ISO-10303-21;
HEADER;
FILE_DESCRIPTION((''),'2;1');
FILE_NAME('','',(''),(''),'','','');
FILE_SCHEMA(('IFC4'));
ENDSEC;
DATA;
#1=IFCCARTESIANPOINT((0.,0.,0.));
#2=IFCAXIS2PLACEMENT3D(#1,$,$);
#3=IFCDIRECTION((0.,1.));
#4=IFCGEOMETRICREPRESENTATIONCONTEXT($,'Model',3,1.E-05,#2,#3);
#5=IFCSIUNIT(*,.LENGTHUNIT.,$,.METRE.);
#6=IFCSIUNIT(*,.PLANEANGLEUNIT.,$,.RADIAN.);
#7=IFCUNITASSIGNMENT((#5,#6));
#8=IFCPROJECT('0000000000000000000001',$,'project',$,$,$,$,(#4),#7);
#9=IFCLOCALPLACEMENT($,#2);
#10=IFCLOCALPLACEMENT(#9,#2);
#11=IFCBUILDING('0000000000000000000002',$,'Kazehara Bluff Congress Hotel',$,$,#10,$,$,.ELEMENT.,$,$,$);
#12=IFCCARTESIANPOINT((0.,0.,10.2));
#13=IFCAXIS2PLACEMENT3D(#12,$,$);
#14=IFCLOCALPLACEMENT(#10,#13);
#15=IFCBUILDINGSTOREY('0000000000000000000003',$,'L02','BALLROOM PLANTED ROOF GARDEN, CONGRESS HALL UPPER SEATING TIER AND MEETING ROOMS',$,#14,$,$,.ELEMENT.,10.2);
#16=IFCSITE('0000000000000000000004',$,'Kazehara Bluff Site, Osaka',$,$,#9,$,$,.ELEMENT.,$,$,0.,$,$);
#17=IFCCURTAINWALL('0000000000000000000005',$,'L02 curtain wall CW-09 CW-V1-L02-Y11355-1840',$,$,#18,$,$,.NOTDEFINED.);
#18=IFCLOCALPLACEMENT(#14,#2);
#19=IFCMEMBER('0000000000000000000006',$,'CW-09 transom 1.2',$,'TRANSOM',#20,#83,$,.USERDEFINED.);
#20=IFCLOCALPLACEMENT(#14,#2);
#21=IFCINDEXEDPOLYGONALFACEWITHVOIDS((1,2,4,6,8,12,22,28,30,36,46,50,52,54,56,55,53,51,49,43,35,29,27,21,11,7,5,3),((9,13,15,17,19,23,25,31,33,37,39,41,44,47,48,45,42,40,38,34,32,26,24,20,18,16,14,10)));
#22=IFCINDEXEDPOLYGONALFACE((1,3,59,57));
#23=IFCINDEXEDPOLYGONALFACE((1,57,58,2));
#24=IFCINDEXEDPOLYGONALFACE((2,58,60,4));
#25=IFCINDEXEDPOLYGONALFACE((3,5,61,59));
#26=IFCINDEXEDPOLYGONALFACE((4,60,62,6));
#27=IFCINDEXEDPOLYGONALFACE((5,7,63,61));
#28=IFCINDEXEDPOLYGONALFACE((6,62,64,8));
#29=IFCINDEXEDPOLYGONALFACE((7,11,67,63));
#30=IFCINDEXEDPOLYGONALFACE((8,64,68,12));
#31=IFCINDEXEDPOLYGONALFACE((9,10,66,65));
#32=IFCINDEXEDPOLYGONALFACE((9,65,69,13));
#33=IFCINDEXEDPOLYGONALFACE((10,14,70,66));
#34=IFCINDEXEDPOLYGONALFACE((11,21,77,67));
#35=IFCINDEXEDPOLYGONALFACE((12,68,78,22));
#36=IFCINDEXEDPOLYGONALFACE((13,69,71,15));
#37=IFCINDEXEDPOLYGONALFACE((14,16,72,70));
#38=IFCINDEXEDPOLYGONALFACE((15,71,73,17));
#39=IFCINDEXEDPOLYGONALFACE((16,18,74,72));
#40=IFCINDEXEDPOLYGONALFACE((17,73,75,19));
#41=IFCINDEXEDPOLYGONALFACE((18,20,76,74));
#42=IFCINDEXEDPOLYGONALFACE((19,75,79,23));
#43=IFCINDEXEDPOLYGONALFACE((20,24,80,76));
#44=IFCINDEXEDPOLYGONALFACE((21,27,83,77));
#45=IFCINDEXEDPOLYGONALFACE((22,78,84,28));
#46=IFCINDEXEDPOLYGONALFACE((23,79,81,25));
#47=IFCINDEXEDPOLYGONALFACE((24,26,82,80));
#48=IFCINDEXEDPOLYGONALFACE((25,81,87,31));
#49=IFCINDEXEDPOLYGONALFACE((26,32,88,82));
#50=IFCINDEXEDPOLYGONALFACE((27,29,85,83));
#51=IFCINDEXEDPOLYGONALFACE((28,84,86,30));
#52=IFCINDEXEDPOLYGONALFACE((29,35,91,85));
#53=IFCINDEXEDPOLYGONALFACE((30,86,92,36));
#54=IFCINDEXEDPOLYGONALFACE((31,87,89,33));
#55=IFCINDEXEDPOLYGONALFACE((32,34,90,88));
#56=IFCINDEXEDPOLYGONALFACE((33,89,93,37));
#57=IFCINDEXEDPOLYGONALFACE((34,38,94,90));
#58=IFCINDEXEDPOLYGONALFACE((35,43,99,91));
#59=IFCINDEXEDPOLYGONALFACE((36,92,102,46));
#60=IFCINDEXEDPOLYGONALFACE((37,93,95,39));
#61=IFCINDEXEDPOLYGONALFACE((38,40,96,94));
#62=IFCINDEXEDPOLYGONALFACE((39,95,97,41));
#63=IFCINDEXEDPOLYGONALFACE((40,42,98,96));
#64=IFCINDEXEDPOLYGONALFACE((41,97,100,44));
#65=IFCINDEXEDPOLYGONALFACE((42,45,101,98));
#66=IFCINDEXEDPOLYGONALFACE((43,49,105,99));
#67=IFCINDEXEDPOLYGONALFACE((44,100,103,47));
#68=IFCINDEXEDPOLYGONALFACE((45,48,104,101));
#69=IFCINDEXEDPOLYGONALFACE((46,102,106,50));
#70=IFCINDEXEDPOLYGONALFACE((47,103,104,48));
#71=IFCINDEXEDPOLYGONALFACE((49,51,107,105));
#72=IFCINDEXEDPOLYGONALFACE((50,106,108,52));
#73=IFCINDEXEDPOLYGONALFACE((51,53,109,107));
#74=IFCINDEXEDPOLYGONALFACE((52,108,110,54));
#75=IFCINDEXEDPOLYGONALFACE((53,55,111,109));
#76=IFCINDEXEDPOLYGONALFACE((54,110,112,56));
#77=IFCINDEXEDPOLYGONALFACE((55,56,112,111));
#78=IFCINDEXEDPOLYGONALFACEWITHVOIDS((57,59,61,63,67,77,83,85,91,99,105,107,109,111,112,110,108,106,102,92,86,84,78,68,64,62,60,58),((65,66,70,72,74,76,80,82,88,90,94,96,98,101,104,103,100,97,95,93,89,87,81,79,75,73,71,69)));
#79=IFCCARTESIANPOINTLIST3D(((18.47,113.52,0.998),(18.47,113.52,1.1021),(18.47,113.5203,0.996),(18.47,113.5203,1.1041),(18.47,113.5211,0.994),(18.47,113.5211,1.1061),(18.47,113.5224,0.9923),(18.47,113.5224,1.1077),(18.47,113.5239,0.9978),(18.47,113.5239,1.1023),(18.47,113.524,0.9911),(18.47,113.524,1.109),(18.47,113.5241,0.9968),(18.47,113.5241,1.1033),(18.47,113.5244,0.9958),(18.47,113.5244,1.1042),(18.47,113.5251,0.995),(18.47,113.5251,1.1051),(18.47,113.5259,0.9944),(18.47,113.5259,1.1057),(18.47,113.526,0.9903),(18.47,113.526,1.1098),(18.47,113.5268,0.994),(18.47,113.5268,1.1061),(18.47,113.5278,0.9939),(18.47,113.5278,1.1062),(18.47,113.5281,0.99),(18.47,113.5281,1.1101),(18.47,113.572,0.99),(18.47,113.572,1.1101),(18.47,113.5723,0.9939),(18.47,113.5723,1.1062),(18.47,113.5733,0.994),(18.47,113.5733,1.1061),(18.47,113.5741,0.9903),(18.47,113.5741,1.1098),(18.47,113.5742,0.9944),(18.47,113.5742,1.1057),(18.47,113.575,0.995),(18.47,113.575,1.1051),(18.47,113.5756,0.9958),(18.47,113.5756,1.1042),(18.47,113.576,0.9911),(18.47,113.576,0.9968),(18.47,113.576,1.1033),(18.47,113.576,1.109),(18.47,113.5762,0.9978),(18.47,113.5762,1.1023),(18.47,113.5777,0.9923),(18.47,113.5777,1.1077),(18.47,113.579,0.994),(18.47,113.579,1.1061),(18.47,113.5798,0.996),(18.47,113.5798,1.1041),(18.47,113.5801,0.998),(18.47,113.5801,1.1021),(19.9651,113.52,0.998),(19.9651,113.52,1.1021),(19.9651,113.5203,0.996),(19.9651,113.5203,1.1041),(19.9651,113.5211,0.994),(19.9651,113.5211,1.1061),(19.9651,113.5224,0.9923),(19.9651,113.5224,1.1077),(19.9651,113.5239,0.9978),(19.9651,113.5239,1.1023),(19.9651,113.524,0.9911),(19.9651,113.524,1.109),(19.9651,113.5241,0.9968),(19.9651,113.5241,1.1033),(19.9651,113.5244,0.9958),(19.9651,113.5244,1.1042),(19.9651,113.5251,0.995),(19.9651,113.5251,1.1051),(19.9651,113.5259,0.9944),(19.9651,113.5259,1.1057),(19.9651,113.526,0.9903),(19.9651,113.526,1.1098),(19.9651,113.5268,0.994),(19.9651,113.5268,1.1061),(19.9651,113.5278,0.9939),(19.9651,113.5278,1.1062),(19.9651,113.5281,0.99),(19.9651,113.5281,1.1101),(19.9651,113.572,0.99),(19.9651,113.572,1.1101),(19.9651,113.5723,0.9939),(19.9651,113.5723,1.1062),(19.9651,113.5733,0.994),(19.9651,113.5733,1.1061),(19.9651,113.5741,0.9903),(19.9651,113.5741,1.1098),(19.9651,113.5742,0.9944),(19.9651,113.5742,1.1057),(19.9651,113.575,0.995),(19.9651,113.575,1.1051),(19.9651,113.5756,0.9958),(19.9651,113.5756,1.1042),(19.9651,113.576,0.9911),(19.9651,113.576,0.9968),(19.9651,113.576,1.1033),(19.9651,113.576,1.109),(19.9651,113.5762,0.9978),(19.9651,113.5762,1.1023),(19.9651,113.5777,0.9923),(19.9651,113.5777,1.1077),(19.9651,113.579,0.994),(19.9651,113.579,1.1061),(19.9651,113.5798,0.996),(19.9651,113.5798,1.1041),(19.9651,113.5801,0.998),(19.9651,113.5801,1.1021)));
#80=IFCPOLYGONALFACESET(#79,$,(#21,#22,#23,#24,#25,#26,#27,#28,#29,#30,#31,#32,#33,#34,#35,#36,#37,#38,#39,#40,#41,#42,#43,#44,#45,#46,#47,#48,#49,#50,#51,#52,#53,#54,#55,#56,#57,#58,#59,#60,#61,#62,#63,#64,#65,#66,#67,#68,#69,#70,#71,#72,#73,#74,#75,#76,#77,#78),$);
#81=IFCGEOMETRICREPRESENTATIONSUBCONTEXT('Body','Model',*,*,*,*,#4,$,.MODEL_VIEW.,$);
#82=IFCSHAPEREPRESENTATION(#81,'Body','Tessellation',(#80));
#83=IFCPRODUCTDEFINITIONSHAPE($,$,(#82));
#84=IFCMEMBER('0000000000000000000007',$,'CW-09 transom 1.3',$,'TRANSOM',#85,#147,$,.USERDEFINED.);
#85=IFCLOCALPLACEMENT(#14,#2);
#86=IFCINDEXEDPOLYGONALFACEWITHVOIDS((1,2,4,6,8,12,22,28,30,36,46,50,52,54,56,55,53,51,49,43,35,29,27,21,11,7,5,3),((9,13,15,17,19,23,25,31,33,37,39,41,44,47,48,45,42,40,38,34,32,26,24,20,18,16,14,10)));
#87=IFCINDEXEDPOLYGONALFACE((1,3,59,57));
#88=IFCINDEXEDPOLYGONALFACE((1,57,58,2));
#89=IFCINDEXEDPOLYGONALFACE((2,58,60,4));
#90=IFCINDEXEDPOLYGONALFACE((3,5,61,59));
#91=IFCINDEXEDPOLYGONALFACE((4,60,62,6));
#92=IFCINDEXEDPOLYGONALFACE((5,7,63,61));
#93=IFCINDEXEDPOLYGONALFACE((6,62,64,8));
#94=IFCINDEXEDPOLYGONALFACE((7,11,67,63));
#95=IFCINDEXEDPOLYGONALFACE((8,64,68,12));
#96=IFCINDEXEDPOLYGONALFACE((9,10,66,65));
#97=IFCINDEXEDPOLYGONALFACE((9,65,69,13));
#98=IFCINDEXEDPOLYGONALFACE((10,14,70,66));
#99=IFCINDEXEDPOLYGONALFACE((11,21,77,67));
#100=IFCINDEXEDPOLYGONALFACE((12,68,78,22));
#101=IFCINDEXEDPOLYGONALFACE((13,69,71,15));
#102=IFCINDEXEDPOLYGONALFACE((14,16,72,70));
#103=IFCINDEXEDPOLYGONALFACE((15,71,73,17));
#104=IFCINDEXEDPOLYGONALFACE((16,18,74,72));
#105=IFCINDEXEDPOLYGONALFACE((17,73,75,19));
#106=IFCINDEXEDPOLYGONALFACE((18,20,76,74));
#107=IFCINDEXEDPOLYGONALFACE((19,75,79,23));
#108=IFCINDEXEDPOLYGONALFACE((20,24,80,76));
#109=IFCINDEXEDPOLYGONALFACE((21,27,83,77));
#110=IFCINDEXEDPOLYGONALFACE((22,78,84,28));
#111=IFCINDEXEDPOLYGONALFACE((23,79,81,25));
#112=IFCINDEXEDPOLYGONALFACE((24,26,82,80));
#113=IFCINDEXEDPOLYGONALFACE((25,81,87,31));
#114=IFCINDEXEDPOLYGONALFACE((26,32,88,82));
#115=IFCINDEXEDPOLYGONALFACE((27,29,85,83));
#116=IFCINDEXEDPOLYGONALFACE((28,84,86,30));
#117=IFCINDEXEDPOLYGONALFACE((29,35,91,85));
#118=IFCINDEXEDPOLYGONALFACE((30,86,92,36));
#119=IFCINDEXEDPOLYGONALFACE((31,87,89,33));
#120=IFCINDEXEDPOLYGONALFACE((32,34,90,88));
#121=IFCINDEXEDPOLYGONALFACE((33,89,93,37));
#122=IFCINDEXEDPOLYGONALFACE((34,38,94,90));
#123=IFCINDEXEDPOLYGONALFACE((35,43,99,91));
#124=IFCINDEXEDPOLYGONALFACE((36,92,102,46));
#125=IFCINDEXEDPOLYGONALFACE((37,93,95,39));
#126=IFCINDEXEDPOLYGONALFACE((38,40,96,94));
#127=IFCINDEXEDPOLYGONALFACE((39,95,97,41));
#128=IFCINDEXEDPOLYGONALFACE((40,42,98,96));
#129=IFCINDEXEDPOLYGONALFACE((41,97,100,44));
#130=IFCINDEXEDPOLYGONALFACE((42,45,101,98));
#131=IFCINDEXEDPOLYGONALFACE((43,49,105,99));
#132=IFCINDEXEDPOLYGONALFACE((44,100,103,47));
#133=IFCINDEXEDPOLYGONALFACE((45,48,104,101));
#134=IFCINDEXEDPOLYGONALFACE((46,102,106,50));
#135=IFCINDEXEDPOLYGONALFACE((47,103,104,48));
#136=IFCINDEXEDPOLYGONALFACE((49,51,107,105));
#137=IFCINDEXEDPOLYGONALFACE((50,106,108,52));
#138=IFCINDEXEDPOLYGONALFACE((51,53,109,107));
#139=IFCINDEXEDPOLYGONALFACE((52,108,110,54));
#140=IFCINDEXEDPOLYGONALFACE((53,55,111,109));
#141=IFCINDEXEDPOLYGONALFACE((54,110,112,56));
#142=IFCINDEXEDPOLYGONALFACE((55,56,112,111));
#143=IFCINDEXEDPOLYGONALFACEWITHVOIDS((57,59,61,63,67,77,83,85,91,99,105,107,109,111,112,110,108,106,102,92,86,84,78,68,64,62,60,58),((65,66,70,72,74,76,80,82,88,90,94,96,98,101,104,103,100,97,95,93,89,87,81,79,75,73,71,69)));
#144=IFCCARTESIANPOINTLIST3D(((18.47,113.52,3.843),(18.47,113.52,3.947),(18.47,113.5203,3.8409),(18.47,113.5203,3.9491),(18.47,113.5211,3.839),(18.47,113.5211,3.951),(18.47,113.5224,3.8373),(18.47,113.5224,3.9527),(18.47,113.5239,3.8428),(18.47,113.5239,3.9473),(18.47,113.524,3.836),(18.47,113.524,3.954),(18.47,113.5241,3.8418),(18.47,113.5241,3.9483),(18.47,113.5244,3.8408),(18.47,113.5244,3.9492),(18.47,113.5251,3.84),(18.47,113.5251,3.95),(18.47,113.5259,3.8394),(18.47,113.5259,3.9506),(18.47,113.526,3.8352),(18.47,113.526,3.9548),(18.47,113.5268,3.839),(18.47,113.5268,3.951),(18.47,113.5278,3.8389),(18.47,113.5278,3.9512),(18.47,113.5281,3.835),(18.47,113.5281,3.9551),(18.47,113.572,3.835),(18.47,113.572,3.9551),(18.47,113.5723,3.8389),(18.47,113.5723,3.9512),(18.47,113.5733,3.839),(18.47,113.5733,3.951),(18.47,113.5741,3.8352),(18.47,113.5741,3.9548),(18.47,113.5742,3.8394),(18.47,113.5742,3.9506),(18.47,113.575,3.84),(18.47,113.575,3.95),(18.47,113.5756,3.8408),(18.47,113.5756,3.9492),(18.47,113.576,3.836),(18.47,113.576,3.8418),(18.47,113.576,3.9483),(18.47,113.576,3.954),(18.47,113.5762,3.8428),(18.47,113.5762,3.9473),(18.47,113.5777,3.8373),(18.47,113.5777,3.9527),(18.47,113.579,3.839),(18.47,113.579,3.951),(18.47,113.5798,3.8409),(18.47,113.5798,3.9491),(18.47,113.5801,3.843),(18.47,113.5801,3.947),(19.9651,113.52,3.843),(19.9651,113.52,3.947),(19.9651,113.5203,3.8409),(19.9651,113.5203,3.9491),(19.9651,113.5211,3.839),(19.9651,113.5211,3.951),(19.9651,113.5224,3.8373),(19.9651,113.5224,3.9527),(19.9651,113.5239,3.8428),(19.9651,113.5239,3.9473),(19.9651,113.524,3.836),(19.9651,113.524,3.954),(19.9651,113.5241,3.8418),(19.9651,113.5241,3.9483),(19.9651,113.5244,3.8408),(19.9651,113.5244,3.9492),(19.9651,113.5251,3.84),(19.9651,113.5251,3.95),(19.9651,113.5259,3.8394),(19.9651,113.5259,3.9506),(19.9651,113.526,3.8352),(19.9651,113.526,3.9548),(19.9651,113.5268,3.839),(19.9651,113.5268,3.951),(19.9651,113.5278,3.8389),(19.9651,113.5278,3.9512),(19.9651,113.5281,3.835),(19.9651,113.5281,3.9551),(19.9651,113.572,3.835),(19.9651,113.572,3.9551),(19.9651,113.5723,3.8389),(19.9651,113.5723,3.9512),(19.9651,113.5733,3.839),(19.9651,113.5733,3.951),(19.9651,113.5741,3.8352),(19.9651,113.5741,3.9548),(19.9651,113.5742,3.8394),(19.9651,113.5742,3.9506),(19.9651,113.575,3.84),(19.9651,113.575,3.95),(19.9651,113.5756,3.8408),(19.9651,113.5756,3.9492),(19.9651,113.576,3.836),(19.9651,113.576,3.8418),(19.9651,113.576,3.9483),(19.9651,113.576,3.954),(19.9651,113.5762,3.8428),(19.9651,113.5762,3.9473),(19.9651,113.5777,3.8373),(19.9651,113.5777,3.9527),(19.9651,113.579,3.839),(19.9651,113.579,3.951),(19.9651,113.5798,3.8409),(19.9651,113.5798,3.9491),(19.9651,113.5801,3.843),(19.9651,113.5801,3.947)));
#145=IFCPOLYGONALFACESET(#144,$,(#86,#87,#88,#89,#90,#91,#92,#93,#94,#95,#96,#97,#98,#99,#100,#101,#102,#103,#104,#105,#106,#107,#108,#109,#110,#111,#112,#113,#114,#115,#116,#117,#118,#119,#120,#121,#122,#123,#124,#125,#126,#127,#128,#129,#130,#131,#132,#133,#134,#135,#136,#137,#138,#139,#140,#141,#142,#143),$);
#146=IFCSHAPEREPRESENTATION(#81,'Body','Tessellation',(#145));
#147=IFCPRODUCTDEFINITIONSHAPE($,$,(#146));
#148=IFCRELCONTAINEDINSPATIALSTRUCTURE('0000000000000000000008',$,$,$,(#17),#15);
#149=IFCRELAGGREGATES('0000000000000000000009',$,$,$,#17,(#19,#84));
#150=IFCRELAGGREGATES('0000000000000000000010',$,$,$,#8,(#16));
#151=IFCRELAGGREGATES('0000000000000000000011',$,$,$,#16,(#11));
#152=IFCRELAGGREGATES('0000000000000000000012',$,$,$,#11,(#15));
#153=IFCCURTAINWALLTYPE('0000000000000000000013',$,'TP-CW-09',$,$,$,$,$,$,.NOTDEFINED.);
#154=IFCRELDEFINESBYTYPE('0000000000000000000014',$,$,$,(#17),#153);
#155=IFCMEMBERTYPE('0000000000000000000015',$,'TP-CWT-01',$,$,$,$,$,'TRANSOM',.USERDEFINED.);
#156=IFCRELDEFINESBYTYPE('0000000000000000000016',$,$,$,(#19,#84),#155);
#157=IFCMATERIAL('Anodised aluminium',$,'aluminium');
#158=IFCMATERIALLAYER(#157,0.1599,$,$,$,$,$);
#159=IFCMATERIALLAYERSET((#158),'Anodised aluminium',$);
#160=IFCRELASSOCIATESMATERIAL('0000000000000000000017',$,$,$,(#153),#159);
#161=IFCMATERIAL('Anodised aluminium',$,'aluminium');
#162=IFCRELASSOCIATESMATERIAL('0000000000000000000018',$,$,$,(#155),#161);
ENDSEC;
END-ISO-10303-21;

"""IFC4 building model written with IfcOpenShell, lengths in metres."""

from ifc_helpers import new_model, si_unit, direction, frame, origin, origin_2d, place, context, subcontext, project, spatial, hollow_rectangle, extrude, material, layer, layer_set, material_profile, profile_set, type_object, element, aggregate, save


model = new_model("IFC4")

# Units and contexts
model_context = context("Model", 3, precision=1e-05, world=origin(), true_north=direction((0.0, 1.0)))
body_context = subcontext(model_context, "Body", "Model", "MODEL_VIEW")
ifc_project = project(units=[si_unit("LENGTHUNIT", "METRE"), si_unit("PLANEANGLEUNIT", "RADIAN")], contexts=[model_context])

# Site, building, storey
site_placement = place(None, origin())
site = spatial("IfcSite", under=ifc_project, at=site_placement, Name="Kazehara Bluff Site, Osaka", CompositionType="ELEMENT", RefElevation=0.0)
building_placement = place(site_placement, origin())
building = spatial("IfcBuilding", under=site, at=building_placement, Name="Kazehara Bluff Congress Hotel", CompositionType="ELEMENT")
storey_placement = place(building_placement, frame((0.0, 0.0, 10.2)))
storey = spatial("IfcBuildingStorey", under=building, at=storey_placement, Name="L02", Description="BALLROOM PLANTED ROOF GARDEN, CONGRESS HALL UPPER SEATING TIER AND MEETING ROOMS", CompositionType="ELEMENT", Elevation=10.2)

# Curtain wall, members
ifc_material_1 = material(Name="Anodised aluminium", Category="aluminium")
ifc_layer_1 = layer(ifc_material_1, 0.1599)
ifc_layer_set_1 = layer_set([ifc_layer_1], Name="Anodised aluminium")
curtain_wall_type = type_object("IfcCurtainWallType", Name="TP-CW-09", PredefinedType="NOTDEFINED", material=ifc_layer_set_1)
curtain_wall_placement = place(storey_placement, origin())
curtain_wall = element("IfcCurtainWall", 1, at=curtain_wall_placement, inside=storey, type_object=curtain_wall_type, Name="L02 curtain wall CW-09 CW-V1-L02-Y11355-1840", PredefinedType="NOTDEFINED")
ifc_material_2 = material(Name="Anodised aluminium", Category="aluminium")
ifc_material_profile_1 = material_profile(ifc_material_2, hollow_rectangle(XDim=0.0601, YDim=0.1201, WallThickness=0.0039, InnerFilletRadius=0.0039, OuterFilletRadius=0.0081, at=origin_2d()))
ifc_profile_set_1 = profile_set([ifc_material_profile_1], Name="Anodised aluminium")
member_type_1 = type_object("IfcMemberType", Name="TP-CWT-01", ElementType="TRANSOM", PredefinedType="USERDEFINED", material=ifc_profile_set_1)
member_1_placement = place(storey_placement, frame((18.47, 113.55, 1.05), z_axis=(1.0, 0.0, 0.0), x_axis=(0.0, 1.0, 0.0)))
member_1 = element("IfcMember", 2, at=member_1_placement, type_object=member_type_1, Name="CW-09 transom 1.2", ObjectType="TRANSOM", PredefinedType="USERDEFINED", context=body_context, shape_type="SweptSolid", body=[
    extrude(hollow_rectangle(XDim=0.0601, YDim=0.1201, WallThickness=0.0039, InnerFilletRadius=0.0039, OuterFilletRadius=0.0081, at=origin_2d()), origin(), (0.0, 0.0, 1.0), 1.4951),
])
member_2_placement = place(storey_placement, frame((18.47, 113.55, 3.895), z_axis=(1.0, 0.0, 0.0), x_axis=(0.0, 1.0, 0.0)))
member_2 = element("IfcMember", 3, at=member_2_placement, type_object=member_type_1, Name="CW-09 transom 1.3", ObjectType="TRANSOM", PredefinedType="USERDEFINED", context=body_context, shape_type="SweptSolid", body=[
    extrude(hollow_rectangle(XDim=0.0601, YDim=0.1201, WallThickness=0.0039, InnerFilletRadius=0.0039, OuterFilletRadius=0.0081, at=origin_2d()), origin(), (0.0, 0.0, 1.0), 1.4951),
])
aggregate(curtain_wall, [member_1, member_2])

save(model, "model.ifc")
